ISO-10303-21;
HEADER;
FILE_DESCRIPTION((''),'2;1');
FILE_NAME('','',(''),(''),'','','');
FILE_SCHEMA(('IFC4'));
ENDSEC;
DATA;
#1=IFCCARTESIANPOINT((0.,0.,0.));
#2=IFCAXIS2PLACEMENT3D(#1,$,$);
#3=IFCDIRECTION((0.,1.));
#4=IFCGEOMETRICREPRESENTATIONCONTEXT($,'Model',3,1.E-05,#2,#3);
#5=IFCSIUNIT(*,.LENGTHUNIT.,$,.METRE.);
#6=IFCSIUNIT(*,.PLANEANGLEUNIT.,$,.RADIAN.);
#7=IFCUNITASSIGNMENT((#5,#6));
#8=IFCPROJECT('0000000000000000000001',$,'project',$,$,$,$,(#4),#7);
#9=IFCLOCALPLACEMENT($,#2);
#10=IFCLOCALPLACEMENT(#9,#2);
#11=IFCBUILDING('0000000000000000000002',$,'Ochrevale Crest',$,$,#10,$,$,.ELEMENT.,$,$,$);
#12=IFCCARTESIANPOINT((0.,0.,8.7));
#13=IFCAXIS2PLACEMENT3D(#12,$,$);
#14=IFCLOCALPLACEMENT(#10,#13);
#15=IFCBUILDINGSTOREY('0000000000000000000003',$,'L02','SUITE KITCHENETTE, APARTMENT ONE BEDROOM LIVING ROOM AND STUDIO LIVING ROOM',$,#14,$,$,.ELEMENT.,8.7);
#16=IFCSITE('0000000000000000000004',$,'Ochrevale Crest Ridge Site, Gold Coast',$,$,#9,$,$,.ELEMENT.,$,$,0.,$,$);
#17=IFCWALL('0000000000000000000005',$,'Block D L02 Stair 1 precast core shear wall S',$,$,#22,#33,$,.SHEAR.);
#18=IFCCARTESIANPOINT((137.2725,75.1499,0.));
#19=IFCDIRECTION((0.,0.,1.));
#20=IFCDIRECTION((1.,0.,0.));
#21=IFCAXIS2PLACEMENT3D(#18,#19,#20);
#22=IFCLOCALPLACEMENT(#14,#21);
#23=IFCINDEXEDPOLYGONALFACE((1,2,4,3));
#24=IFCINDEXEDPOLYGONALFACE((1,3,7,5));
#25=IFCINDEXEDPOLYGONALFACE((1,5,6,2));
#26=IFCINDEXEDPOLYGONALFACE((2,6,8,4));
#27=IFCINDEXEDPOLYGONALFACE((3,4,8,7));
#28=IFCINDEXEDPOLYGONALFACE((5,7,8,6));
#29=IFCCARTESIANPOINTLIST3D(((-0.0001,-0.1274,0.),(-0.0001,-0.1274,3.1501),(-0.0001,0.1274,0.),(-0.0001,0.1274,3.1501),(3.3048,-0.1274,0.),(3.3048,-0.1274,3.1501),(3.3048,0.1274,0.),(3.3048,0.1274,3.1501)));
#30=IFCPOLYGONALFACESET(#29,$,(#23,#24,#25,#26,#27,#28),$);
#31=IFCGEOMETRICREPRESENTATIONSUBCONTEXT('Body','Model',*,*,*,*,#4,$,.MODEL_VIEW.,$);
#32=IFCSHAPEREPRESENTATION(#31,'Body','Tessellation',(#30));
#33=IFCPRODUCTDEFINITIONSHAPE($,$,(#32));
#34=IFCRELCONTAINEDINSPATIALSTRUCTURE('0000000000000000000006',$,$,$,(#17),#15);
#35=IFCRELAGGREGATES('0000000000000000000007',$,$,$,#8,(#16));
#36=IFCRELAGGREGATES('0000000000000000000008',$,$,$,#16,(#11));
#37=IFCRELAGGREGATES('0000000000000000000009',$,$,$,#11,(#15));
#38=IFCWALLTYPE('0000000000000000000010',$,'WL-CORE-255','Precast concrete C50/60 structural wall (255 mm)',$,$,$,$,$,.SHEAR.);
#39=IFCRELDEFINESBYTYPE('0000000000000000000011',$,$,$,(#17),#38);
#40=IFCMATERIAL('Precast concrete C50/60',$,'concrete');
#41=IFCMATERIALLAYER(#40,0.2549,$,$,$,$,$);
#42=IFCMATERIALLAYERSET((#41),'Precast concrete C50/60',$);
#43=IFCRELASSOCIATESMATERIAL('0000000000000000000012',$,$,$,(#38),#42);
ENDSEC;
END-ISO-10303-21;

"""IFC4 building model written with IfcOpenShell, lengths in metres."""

from ifc_helpers import new_model, si_unit, direction, frame, frame_2d, origin, place, context, subcontext, project, spatial, rectangle, extrude, material, layer, layer_set, type_object, element, save


model = new_model("IFC4")

# Units and contexts
model_context = context("Model", 3, precision=1e-05, world=origin(), true_north=direction((0.0, 1.0)))
body_context = subcontext(model_context, "Body", "Model", "MODEL_VIEW")
ifc_project = project(units=[si_unit("LENGTHUNIT", "METRE"), si_unit("PLANEANGLEUNIT", "RADIAN")], contexts=[model_context])

# Site, building, storey
site_placement = place(None, origin())
site = spatial("IfcSite", under=ifc_project, at=site_placement, Name="Ochrevale Crest Ridge Site, Gold Coast", CompositionType="ELEMENT", RefElevation=0.0)
building_placement = place(site_placement, origin())
building = spatial("IfcBuilding", under=site, at=building_placement, Name="Ochrevale Crest", CompositionType="ELEMENT")
storey_placement = place(building_placement, frame((0.0, 0.0, 8.7)))
storey = spatial("IfcBuildingStorey", under=building, at=storey_placement, Name="L02", Description="SUITE KITCHENETTE, APARTMENT ONE BEDROOM LIVING ROOM AND STUDIO LIVING ROOM", CompositionType="ELEMENT", Elevation=8.7)

# Shared definitions
ifc_material_1 = material(Name="Precast concrete C50/60", Category="concrete")

# Wall
ifc_layer_1 = layer(ifc_material_1, 0.2549)
ifc_layer_set_1 = layer_set([ifc_layer_1], Name="Precast concrete C50/60")
wall_type_1 = type_object("IfcWallType", Name="WL-CORE-255", Description="Precast concrete C50/60 structural wall (255 mm)", PredefinedType="SHEAR", material=ifc_layer_set_1)
wall_1_placement = place(storey_placement, frame((137.2725, 75.1499, 0.0), z_axis=(0.0, 0.0, 1.0), x_axis=(1.0, 0.0, 0.0)))
element("IfcWall", 1, at=wall_1_placement, inside=storey, type_object=wall_type_1, Name="Block D L02 Stair 1 precast core shear wall S", PredefinedType="SHEAR", context=body_context, shape_type="SweptSolid", body=[
    extrude(rectangle(XDim=3.3049, YDim=0.2549, at=frame_2d((1.6523, 0.0))), origin(), (0.0, 0.0, 1.0), 3.1501),
])

save(model, "model.ifc")
